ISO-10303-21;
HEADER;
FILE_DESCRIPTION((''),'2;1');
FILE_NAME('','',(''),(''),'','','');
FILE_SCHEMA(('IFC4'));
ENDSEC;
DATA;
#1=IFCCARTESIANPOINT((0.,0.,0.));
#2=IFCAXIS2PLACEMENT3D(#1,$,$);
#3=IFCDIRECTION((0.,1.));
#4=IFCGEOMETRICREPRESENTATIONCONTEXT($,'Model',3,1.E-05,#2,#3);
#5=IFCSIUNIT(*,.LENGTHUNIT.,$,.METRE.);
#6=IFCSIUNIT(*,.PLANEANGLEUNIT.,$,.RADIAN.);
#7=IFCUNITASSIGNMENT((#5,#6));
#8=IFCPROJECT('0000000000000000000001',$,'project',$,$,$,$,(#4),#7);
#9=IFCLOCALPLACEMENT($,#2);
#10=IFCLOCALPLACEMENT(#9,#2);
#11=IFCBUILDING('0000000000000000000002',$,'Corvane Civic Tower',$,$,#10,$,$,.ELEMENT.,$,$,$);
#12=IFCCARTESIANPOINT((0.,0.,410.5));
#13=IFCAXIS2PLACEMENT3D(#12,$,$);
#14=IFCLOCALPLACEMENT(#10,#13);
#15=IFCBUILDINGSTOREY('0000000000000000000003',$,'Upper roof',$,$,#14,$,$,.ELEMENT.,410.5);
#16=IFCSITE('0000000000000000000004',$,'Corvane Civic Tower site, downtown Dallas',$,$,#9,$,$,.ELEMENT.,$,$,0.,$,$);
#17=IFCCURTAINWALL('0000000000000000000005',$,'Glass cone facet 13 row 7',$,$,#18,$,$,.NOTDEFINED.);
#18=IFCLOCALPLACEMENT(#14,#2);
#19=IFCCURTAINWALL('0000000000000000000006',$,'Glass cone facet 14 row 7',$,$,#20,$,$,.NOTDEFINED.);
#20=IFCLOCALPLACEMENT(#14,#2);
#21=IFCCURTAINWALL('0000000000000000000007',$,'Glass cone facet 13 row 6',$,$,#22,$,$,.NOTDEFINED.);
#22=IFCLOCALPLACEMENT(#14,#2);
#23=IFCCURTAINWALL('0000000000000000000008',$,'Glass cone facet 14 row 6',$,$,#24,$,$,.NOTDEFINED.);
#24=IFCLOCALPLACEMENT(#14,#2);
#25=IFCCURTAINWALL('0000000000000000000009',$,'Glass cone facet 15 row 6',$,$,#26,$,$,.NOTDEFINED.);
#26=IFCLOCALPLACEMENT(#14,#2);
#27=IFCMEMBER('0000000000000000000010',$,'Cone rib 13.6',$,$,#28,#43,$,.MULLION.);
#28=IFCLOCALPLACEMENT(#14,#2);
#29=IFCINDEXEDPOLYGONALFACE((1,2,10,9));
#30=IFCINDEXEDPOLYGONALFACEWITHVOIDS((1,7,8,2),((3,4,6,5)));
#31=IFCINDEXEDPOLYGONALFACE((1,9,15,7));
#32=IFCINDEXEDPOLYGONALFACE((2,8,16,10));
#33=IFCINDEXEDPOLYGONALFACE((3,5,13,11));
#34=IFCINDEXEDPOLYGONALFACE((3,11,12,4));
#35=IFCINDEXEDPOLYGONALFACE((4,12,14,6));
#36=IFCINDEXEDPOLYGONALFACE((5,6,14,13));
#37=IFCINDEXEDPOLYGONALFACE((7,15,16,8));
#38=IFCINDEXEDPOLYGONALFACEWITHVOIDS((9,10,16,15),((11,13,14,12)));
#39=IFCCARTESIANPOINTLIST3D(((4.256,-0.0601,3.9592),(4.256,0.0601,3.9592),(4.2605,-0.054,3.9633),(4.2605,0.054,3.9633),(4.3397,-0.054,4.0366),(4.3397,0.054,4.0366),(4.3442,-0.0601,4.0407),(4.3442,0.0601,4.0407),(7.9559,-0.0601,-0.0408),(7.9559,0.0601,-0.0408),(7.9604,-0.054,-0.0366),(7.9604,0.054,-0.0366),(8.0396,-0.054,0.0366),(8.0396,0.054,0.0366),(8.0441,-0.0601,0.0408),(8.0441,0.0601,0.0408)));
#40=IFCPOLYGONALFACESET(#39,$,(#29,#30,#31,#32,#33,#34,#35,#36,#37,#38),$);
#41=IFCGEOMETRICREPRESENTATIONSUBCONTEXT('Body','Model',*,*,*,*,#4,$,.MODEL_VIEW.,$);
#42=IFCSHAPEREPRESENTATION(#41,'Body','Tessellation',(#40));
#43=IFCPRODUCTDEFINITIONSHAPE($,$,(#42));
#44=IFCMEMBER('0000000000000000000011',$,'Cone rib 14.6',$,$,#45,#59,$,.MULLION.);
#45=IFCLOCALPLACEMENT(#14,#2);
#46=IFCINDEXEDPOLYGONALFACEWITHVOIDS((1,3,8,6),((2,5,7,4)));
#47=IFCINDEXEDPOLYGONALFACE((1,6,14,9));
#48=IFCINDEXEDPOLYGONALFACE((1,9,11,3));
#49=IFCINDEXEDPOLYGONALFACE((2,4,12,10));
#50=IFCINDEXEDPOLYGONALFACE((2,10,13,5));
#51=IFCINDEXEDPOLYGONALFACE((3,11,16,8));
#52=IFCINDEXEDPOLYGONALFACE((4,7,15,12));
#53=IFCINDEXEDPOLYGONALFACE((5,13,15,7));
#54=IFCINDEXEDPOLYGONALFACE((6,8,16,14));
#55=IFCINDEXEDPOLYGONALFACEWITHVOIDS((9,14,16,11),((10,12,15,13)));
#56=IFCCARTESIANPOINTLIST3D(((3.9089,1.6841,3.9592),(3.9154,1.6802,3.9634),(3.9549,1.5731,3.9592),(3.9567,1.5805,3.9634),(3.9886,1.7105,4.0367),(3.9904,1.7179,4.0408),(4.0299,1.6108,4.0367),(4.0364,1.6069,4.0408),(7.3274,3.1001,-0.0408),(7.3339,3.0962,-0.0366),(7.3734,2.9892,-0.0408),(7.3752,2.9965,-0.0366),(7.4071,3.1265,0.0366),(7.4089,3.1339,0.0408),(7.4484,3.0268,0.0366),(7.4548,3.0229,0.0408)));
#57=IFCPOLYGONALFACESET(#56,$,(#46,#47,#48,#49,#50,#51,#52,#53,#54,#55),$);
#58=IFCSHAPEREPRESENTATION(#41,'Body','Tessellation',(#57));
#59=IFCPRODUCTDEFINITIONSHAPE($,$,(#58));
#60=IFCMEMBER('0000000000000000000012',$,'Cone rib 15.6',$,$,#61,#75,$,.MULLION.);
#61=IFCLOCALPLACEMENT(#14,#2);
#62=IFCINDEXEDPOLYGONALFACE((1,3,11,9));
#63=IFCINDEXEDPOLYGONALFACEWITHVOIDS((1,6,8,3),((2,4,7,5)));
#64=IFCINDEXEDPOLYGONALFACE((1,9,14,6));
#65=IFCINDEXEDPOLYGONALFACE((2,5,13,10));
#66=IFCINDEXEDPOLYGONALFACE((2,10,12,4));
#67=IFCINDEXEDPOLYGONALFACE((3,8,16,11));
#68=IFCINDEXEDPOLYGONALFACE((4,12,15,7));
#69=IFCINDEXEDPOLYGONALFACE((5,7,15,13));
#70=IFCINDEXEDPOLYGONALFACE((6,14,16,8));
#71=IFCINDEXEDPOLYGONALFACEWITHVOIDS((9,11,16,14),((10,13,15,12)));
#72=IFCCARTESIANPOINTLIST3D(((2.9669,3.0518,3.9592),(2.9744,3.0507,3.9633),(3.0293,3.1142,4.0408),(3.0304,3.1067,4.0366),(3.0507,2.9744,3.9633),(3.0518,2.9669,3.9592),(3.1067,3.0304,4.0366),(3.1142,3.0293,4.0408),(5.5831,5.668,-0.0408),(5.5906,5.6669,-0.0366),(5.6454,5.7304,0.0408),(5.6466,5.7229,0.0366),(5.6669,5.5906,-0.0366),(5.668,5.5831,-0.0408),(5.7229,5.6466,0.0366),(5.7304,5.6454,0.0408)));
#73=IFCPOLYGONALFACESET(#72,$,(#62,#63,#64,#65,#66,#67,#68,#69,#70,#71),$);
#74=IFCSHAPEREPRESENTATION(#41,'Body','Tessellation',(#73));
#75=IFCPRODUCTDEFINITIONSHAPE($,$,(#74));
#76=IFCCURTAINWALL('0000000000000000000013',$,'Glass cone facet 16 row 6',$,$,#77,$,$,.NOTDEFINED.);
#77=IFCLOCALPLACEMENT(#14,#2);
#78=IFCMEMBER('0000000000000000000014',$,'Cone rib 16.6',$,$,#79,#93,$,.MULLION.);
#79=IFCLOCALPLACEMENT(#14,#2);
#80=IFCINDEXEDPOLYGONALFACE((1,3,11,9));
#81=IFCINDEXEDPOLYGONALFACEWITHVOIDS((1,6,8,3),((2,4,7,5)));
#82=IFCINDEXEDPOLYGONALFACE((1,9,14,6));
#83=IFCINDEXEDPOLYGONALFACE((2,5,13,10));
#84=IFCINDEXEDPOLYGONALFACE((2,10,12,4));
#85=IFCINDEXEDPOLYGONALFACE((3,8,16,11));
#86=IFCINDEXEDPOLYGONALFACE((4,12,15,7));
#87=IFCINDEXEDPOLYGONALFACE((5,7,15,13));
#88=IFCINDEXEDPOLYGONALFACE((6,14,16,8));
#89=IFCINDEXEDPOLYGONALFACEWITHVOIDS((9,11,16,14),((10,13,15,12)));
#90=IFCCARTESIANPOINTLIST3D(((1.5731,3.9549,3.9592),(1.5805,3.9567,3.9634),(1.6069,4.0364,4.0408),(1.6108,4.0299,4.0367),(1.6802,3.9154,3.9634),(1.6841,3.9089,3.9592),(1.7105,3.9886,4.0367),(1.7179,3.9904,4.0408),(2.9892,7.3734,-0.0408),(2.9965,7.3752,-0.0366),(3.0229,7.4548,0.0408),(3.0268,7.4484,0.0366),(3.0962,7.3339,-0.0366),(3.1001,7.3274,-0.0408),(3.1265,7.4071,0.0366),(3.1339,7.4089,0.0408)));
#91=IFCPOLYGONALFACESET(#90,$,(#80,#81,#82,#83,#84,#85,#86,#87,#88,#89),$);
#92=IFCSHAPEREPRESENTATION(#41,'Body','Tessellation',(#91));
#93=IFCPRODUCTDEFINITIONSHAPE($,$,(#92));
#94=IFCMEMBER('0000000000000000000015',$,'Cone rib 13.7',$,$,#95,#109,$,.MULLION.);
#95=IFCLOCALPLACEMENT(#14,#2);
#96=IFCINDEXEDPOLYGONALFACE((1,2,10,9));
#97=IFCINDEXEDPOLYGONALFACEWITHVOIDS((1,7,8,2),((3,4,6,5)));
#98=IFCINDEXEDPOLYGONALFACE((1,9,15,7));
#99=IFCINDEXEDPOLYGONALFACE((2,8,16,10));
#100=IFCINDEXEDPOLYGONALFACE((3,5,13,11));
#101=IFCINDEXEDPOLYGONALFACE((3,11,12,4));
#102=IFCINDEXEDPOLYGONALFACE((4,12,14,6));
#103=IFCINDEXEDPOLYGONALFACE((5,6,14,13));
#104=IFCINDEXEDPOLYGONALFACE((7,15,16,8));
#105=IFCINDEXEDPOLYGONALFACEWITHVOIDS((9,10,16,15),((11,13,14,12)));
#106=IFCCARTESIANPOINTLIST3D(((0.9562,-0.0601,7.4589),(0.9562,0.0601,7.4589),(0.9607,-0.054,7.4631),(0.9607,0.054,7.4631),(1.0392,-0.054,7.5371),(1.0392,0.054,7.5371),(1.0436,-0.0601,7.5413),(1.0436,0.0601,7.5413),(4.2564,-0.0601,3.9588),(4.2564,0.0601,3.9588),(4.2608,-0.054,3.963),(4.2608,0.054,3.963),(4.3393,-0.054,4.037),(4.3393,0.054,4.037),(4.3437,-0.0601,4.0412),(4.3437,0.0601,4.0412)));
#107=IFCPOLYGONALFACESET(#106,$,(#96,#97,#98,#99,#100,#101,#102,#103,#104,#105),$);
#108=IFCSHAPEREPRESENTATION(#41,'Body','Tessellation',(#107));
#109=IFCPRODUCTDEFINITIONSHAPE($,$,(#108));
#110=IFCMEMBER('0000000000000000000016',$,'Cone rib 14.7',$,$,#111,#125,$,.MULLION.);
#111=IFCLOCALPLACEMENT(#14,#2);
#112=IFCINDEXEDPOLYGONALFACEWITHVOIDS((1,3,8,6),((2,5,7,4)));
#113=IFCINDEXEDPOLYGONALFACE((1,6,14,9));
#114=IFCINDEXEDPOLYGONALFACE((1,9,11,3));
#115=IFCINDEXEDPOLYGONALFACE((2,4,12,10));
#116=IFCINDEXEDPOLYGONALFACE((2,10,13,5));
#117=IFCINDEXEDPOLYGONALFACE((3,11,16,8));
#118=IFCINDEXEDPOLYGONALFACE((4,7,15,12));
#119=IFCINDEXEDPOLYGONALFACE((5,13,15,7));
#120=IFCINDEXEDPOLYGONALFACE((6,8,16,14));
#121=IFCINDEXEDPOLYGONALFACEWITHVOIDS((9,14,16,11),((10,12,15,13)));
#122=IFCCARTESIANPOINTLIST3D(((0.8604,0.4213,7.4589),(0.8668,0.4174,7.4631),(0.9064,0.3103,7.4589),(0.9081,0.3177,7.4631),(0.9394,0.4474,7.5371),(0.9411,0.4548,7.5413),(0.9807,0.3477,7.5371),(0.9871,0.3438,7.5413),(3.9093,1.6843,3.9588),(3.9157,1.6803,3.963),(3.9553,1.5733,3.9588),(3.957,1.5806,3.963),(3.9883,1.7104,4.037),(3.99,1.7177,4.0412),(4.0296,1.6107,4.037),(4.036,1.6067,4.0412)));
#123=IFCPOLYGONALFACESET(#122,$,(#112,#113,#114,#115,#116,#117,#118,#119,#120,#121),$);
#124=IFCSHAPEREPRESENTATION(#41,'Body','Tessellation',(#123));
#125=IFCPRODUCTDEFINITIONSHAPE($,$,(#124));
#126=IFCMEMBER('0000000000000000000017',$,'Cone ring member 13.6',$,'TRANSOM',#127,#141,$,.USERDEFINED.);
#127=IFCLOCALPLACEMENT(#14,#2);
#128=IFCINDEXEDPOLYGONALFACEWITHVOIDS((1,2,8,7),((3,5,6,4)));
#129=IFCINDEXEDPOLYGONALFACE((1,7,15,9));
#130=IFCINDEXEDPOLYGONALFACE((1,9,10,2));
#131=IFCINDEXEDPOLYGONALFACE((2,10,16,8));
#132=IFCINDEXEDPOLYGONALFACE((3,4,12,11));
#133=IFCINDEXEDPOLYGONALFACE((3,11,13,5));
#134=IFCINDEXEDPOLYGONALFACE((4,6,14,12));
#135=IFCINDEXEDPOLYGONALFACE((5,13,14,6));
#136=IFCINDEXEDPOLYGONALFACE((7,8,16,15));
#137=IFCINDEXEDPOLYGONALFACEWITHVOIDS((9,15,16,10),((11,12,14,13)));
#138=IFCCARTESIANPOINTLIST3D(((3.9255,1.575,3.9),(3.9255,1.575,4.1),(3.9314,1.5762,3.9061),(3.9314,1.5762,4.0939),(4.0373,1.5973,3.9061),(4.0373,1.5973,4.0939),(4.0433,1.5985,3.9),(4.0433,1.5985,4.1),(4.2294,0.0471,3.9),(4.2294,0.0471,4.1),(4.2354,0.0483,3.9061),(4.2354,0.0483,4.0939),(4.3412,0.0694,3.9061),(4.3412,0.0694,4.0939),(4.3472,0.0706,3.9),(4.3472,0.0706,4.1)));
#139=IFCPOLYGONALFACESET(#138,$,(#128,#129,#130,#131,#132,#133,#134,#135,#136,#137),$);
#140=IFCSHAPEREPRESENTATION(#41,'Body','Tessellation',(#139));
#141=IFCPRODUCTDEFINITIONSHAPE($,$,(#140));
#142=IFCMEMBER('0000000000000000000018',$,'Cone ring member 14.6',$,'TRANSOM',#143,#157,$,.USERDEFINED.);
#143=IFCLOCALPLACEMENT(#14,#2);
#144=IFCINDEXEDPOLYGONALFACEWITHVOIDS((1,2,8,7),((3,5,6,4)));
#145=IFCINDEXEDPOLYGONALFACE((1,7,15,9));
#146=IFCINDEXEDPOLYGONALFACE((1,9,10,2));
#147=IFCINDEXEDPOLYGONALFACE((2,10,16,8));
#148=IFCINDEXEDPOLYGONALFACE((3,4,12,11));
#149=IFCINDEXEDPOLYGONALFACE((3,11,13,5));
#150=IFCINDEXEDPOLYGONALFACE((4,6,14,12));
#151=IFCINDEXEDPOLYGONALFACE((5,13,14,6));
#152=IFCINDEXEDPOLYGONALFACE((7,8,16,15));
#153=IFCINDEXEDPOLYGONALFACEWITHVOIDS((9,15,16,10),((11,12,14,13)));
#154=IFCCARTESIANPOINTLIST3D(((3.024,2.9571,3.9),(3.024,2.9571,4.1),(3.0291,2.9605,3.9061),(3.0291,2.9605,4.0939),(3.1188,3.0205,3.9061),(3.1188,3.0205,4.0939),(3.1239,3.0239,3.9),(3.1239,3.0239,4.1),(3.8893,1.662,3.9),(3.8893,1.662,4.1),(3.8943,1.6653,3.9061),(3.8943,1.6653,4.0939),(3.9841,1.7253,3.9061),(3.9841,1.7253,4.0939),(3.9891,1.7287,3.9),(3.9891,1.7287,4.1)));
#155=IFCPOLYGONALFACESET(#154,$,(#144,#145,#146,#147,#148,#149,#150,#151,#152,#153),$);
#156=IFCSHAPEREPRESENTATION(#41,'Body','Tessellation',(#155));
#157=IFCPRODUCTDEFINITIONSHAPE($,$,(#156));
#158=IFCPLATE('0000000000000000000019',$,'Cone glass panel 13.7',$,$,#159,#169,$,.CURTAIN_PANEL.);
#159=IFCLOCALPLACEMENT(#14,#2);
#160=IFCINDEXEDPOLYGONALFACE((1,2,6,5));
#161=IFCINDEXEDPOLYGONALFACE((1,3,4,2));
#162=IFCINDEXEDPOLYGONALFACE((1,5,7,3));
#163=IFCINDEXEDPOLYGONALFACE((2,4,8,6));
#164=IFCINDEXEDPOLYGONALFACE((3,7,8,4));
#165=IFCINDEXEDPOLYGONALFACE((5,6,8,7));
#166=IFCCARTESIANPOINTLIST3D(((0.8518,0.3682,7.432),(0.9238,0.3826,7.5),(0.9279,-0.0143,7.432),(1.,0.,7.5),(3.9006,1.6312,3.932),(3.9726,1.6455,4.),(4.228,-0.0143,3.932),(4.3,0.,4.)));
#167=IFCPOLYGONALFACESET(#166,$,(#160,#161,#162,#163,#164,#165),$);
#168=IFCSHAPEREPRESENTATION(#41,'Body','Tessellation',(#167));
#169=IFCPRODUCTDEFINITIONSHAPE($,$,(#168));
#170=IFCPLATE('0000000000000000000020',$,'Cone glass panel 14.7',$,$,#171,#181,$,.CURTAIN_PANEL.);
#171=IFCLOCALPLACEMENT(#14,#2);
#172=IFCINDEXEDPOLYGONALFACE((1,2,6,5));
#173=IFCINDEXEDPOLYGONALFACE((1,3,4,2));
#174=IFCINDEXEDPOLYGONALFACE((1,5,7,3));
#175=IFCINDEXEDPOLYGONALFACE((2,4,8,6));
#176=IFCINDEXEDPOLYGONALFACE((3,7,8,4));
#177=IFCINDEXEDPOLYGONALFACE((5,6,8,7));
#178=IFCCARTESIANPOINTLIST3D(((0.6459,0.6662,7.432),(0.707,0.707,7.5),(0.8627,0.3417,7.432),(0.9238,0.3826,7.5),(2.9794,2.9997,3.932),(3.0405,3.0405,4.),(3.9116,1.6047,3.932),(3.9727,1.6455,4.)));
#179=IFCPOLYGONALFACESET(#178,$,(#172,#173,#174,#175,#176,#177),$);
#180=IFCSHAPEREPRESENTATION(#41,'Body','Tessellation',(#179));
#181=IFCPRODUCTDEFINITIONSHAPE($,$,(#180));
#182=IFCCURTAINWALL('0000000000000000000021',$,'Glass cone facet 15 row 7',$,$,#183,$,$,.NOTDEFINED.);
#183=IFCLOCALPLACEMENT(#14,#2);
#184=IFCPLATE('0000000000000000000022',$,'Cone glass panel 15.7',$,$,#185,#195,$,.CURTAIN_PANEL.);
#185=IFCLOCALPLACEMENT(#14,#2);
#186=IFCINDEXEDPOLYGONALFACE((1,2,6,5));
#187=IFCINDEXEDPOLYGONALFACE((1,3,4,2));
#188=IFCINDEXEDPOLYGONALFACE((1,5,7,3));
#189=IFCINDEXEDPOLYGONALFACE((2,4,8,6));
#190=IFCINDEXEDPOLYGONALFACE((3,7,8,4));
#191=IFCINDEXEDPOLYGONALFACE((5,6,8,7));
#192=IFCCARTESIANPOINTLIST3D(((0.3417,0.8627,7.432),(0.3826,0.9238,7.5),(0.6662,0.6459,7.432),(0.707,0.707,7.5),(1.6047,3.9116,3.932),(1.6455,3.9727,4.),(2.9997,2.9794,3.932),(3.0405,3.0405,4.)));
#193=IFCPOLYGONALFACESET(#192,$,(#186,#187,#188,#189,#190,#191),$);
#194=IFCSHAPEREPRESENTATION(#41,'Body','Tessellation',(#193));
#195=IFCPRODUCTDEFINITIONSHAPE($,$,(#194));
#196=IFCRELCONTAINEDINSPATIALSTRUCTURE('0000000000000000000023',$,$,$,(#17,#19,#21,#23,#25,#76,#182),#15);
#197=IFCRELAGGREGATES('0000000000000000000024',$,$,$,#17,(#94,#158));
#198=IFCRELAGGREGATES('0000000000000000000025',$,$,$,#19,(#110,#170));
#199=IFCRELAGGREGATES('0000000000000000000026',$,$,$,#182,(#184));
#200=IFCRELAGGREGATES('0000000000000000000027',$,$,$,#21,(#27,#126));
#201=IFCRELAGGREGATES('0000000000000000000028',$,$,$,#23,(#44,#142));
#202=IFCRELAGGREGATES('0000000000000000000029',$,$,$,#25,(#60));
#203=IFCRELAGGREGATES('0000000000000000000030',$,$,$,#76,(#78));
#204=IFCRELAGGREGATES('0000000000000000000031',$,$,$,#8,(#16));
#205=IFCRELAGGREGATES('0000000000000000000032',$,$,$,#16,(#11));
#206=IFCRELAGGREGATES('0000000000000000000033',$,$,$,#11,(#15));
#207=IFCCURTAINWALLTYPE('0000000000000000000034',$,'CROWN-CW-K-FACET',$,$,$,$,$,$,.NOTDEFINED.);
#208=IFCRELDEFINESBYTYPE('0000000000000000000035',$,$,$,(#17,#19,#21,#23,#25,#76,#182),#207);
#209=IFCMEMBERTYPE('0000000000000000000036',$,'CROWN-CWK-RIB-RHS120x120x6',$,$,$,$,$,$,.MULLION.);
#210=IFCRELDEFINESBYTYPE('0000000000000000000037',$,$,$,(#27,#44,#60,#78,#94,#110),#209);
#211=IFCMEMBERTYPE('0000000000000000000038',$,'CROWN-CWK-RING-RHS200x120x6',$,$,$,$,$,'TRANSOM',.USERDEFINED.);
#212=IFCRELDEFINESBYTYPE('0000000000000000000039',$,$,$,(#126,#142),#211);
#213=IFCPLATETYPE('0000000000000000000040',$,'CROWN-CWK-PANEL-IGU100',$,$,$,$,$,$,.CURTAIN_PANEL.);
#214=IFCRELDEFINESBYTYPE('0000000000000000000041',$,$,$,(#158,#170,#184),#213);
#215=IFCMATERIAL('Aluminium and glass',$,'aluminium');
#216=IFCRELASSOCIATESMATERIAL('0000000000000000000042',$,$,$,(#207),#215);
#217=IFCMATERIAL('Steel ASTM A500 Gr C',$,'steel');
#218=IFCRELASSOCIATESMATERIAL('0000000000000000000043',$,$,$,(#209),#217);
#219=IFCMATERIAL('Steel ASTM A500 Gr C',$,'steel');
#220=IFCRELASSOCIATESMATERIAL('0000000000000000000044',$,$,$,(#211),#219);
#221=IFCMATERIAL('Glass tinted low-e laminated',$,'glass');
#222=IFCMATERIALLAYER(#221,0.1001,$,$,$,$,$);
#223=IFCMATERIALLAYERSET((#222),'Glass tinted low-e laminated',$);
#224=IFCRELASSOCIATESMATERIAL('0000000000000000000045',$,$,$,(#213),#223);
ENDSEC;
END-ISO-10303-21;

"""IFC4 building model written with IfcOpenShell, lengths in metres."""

from ifc_helpers import new_model, si_unit, direction, frame, origin, origin_2d, place, context, subcontext, project, spatial, polyline, hollow_rectangle, outline, extrude, material, layer, layer_set, material_profile, profile_set, type_object, element, aggregate, save


model = new_model("IFC4")

# Units and contexts
model_context = context("Model", 3, precision=1e-05, world=origin(), true_north=direction((0.0, 1.0)))
body_context = subcontext(model_context, "Body", "Model", "MODEL_VIEW")
ifc_project = project(units=[si_unit("LENGTHUNIT", "METRE"), si_unit("PLANEANGLEUNIT", "RADIAN")], contexts=[model_context])

# Site, building, storey
site_placement = place(None, origin())
site = spatial("IfcSite", under=ifc_project, at=site_placement, Name="Corvane Civic Tower site, downtown Dallas", CompositionType="ELEMENT", RefElevation=0.0)
building_placement = place(site_placement, origin())
building = spatial("IfcBuilding", under=site, at=building_placement, Name="Corvane Civic Tower", CompositionType="ELEMENT")
storey_placement = place(building_placement, frame((0.0, 0.0, 410.5)))
storey = spatial("IfcBuildingStorey", under=building, at=storey_placement, Name="Upper roof", CompositionType="ELEMENT", Elevation=410.5)

# Curtain walls
ifc_material_1 = material(Name="Aluminium and glass", Category="aluminium")
curtain_wall_type = type_object("IfcCurtainWallType", Name="CROWN-CW-K-FACET", PredefinedType="NOTDEFINED", material=ifc_material_1)
curtain_wall_1_placement = place(storey_placement, origin())
curtain_wall_1 = element("IfcCurtainWall", 1, at=curtain_wall_1_placement, inside=storey, type_object=curtain_wall_type, Name="Glass cone facet 13 row 7", PredefinedType="NOTDEFINED")
curtain_wall_2_placement = place(storey_placement, origin())
curtain_wall_2 = element("IfcCurtainWall", 2, at=curtain_wall_2_placement, inside=storey, type_object=curtain_wall_type, Name="Glass cone facet 14 row 7", PredefinedType="NOTDEFINED")

# Curtain walls
curtain_wall_3_placement = place(storey_placement, origin())
curtain_wall_3 = element("IfcCurtainWall", 3, at=curtain_wall_3_placement, inside=storey, type_object=curtain_wall_type, Name="Glass cone facet 13 row 6", PredefinedType="NOTDEFINED")
curtain_wall_4_placement = place(storey_placement, origin())
curtain_wall_4 = element("IfcCurtainWall", 4, at=curtain_wall_4_placement, inside=storey, type_object=curtain_wall_type, Name="Glass cone facet 14 row 6", PredefinedType="NOTDEFINED")
curtain_wall_5_placement = place(storey_placement, origin())
curtain_wall_5 = element("IfcCurtainWall", 5, at=curtain_wall_5_placement, inside=storey, type_object=curtain_wall_type, Name="Glass cone facet 15 row 6", PredefinedType="NOTDEFINED")

# Members
ifc_material_2 = material(Name="Steel ASTM A500 Gr C", Category="steel")
ifc_material_profile_1 = material_profile(ifc_material_2, hollow_rectangle(XDim=0.1201, YDim=0.1201, WallThickness=0.0061, at=origin_2d()), Name="RHS 120x120x6")
ifc_profile_set_1 = profile_set([ifc_material_profile_1], Name="Steel ASTM A500 Gr C")
member_type_1 = type_object("IfcMemberType", Name="CROWN-CWK-RIB-RHS120x120x6", PredefinedType="MULLION", material=ifc_profile_set_1)
member_1_placement = place(storey_placement, frame((8.0, 0.0, 0.0), z_axis=(-0.679037, 0.0, 0.734104), x_axis=(0.0, -1.0, 0.0)))
member_1 = element("IfcMember", 6, at=member_1_placement, type_object=member_type_1, Name="Cone rib 13.6", PredefinedType="MULLION", context=body_context, shape_type="SweptSolid", body=[
    extrude(hollow_rectangle(XDim=0.1201, YDim=0.1201, WallThickness=0.0061, at=origin_2d()), origin(), (0.0, 0.0, 1.0), 5.4487),
])
member_2_placement = place(storey_placement, frame((7.3911, 3.0615, 0.0), z_axis=(-0.627362, -0.25987, 0.734088), x_axis=(0.382694, -0.923875, 0.0)))
member_2 = element("IfcMember", 7, at=member_2_placement, type_object=member_type_1, Name="Cone rib 14.6", PredefinedType="MULLION", context=body_context, shape_type="SweptSolid", body=[
    extrude(hollow_rectangle(XDim=0.1201, YDim=0.1201, WallThickness=0.0061, at=origin_2d()), origin(), (0.0, 0.0, 1.0), 5.449),
])
member_3_placement = place(storey_placement, frame((5.6567, 5.6567, 0.0), z_axis=(-0.480147, -0.480147, 0.73411), x_axis=(0.707107, -0.707107, 0.0)))
member_3 = element("IfcMember", 8, at=member_3_placement, type_object=member_type_1, Name="Cone rib 15.6", PredefinedType="MULLION", context=body_context, shape_type="SweptSolid", body=[
    extrude(hollow_rectangle(XDim=0.1201, YDim=0.1201, WallThickness=0.0061, at=origin_2d()), origin(), (0.0, 0.0, 1.0), 5.4487),
])

# Curtain wall, member
curtain_wall_6_placement = place(storey_placement, origin())
curtain_wall_6 = element("IfcCurtainWall", 9, at=curtain_wall_6_placement, inside=storey, type_object=curtain_wall_type, Name="Glass cone facet 16 row 6", PredefinedType="NOTDEFINED")
member_4_placement = place(storey_placement, frame((3.0615, 7.3911, 0.0), z_axis=(-0.25987, -0.627362, 0.734088), x_axis=(0.923875, -0.382694, 0.0)))
member_4 = element("IfcMember", 10, at=member_4_placement, type_object=member_type_1, Name="Cone rib 16.6", PredefinedType="MULLION", context=body_context, shape_type="SweptSolid", body=[
    extrude(hollow_rectangle(XDim=0.1201, YDim=0.1201, WallThickness=0.0061, at=origin_2d()), origin(), (0.0, 0.0, 1.0), 5.449),
])

# Members
member_5_placement = place(storey_placement, frame((4.3, 0.0, 4.0), z_axis=(-0.686018, 0.0, 0.727584), x_axis=(0.0, -1.0, 0.0)))
member_5 = element("IfcMember", 11, at=member_5_placement, type_object=member_type_1, Name="Cone rib 13.7", PredefinedType="MULLION", context=body_context, shape_type="SweptSolid", body=[
    extrude(hollow_rectangle(XDim=0.1201, YDim=0.1201, WallThickness=0.0061, at=origin_2d()), origin(), (0.0, 0.0, 1.0), 4.8105),
])
member_6_placement = place(storey_placement, frame((3.9727, 1.6455, 4.0), z_axis=(-0.633794, -0.262541, 0.727584), x_axis=(0.382702, -0.923872, 0.0)))
member_6 = element("IfcMember", 12, at=member_6_placement, type_object=member_type_1, Name="Cone rib 14.7", PredefinedType="MULLION", context=body_context, shape_type="SweptSolid", body=[
    extrude(hollow_rectangle(XDim=0.1201, YDim=0.1201, WallThickness=0.0061, at=origin_2d()), origin(), (0.0, 0.0, 1.0), 4.8105),
])
ifc_material_3 = material(Name="Steel ASTM A500 Gr C", Category="steel")
ifc_material_profile_2 = material_profile(ifc_material_3, hollow_rectangle(XDim=0.1201, YDim=0.2, WallThickness=0.0061, at=origin_2d()), Name="RHS 200x120x6")
ifc_profile_set_2 = profile_set([ifc_material_profile_2], Name="Steel ASTM A500 Gr C")
member_type_2 = type_object("IfcMemberType", Name="CROWN-CWK-RING-RHS200x120x6", ElementType="TRANSOM", PredefinedType="USERDEFINED", material=ifc_profile_set_2)
member_7_placement = place(storey_placement, frame((4.2883, 0.0588, 4.0), z_axis=(-0.195121, 0.980779, 0.0), x_axis=(-0.980779, -0.195121, 0.0)))
member_7 = element("IfcMember", 13, at=member_7_placement, type_object=member_type_2, Name="Cone ring member 13.6", ObjectType="TRANSOM", PredefinedType="USERDEFINED", context=body_context, shape_type="SweptSolid", body=[
    extrude(hollow_rectangle(XDim=0.1201, YDim=0.2, WallThickness=0.0061, at=origin_2d()), origin(), (0.0, 0.0, 1.0), 1.5579),
])
member_8_placement = place(storey_placement, frame((3.9392, 1.6953, 4.0), z_axis=(-0.555496, 0.831519, 0.0), x_axis=(-0.831519, -0.555496, 0.0)))
member_8 = element("IfcMember", 14, at=member_8_placement, type_object=member_type_2, Name="Cone ring member 14.6", ObjectType="TRANSOM", PredefinedType="USERDEFINED", context=body_context, shape_type="SweptSolid", body=[
    extrude(hollow_rectangle(XDim=0.1201, YDim=0.2, WallThickness=0.0061, at=origin_2d()), origin(), (0.0, 0.0, 1.0), 1.5576),
])

# Plates
ifc_material_4 = material(Name="Glass tinted low-e laminated", Category="glass")
ifc_layer_1 = layer(ifc_material_4, 0.1001)
ifc_layer_set_1 = layer_set([ifc_layer_1], Name="Glass tinted low-e laminated")
plate_type_1 = type_object("IfcPlateType", Name="CROWN-CWK-PANEL-IGU100", PredefinedType="CURTAIN_PANEL", material=ifc_layer_set_1)
plate_1_placement = place(storey_placement, frame((4.3, 0.0, 4.0), z_axis=(0.720072, 0.143286, 0.678944), x_axis=(-0.195151, 0.980773, -0.000013)))
plate_1 = element("IfcPlate", 15, at=plate_1_placement, type_object=plate_type_1, Name="Cone glass panel 13.7", PredefinedType="CURTAIN_PANEL", context=body_context, shape_type="SweptSolid", body=[
    extrude(outline(polyline([(0.0, 0.0), (1.6778, 0.0), (1.034, 4.7672), (0.644, 4.7671), (0.0, 0.0)])), origin(), (0.0, 0.0, -1.0), 0.1001),
])
aggregate(curtain_wall_1, [member_5, plate_1])
plate_2_placement = place(storey_placement, frame((3.9727, 1.6455, 4.0), z_axis=(0.610454, 0.407894, 0.678947), x_axis=(-0.555572, 0.831468, 0.000001)))
plate_2 = element("IfcPlate", 16, at=plate_2_placement, type_object=plate_type_1, Name="Cone glass panel 14.7", PredefinedType="CURTAIN_PANEL", context=body_context, shape_type="SweptSolid", body=[
    extrude(outline(polyline([(0.0, 0.0), (1.6778, 0.0), (1.034, 4.7672), (0.6438, 4.7672), (0.0, 0.0)])), origin(), (0.0, 0.0, -1.0), 0.1001),
])
aggregate(curtain_wall_2, [member_6, plate_2])

# Curtain wall, plate
curtain_wall_7_placement = place(storey_placement, origin())
curtain_wall_7 = element("IfcCurtainWall", 17, at=curtain_wall_7_placement, inside=storey, type_object=curtain_wall_type, Name="Glass cone facet 15 row 7", PredefinedType="NOTDEFINED")
plate_3_placement = place(storey_placement, frame((3.0405, 3.0405, 4.0), z_axis=(0.407894, 0.610454, 0.678947), x_axis=(-0.831468, 0.555572, -0.000001)))
plate_3 = element("IfcPlate", 18, at=plate_3_placement, type_object=plate_type_1, Name="Cone glass panel 15.7", PredefinedType="CURTAIN_PANEL", context=body_context, shape_type="SweptSolid", body=[
    extrude(outline(polyline([(0.0, 0.0), (1.6778, 0.0), (1.034, 4.7672), (0.6438, 4.7672), (0.0, 0.0)])), origin(), (0.0, 0.0, -1.0), 0.1001),
])
aggregate(curtain_wall_7, [plate_3])

aggregate(curtain_wall_3, [member_1, member_7])
aggregate(curtain_wall_4, [member_2, member_8])
aggregate(curtain_wall_5, [member_3])
aggregate(curtain_wall_6, [member_4])

save(model, "model.ifc")
